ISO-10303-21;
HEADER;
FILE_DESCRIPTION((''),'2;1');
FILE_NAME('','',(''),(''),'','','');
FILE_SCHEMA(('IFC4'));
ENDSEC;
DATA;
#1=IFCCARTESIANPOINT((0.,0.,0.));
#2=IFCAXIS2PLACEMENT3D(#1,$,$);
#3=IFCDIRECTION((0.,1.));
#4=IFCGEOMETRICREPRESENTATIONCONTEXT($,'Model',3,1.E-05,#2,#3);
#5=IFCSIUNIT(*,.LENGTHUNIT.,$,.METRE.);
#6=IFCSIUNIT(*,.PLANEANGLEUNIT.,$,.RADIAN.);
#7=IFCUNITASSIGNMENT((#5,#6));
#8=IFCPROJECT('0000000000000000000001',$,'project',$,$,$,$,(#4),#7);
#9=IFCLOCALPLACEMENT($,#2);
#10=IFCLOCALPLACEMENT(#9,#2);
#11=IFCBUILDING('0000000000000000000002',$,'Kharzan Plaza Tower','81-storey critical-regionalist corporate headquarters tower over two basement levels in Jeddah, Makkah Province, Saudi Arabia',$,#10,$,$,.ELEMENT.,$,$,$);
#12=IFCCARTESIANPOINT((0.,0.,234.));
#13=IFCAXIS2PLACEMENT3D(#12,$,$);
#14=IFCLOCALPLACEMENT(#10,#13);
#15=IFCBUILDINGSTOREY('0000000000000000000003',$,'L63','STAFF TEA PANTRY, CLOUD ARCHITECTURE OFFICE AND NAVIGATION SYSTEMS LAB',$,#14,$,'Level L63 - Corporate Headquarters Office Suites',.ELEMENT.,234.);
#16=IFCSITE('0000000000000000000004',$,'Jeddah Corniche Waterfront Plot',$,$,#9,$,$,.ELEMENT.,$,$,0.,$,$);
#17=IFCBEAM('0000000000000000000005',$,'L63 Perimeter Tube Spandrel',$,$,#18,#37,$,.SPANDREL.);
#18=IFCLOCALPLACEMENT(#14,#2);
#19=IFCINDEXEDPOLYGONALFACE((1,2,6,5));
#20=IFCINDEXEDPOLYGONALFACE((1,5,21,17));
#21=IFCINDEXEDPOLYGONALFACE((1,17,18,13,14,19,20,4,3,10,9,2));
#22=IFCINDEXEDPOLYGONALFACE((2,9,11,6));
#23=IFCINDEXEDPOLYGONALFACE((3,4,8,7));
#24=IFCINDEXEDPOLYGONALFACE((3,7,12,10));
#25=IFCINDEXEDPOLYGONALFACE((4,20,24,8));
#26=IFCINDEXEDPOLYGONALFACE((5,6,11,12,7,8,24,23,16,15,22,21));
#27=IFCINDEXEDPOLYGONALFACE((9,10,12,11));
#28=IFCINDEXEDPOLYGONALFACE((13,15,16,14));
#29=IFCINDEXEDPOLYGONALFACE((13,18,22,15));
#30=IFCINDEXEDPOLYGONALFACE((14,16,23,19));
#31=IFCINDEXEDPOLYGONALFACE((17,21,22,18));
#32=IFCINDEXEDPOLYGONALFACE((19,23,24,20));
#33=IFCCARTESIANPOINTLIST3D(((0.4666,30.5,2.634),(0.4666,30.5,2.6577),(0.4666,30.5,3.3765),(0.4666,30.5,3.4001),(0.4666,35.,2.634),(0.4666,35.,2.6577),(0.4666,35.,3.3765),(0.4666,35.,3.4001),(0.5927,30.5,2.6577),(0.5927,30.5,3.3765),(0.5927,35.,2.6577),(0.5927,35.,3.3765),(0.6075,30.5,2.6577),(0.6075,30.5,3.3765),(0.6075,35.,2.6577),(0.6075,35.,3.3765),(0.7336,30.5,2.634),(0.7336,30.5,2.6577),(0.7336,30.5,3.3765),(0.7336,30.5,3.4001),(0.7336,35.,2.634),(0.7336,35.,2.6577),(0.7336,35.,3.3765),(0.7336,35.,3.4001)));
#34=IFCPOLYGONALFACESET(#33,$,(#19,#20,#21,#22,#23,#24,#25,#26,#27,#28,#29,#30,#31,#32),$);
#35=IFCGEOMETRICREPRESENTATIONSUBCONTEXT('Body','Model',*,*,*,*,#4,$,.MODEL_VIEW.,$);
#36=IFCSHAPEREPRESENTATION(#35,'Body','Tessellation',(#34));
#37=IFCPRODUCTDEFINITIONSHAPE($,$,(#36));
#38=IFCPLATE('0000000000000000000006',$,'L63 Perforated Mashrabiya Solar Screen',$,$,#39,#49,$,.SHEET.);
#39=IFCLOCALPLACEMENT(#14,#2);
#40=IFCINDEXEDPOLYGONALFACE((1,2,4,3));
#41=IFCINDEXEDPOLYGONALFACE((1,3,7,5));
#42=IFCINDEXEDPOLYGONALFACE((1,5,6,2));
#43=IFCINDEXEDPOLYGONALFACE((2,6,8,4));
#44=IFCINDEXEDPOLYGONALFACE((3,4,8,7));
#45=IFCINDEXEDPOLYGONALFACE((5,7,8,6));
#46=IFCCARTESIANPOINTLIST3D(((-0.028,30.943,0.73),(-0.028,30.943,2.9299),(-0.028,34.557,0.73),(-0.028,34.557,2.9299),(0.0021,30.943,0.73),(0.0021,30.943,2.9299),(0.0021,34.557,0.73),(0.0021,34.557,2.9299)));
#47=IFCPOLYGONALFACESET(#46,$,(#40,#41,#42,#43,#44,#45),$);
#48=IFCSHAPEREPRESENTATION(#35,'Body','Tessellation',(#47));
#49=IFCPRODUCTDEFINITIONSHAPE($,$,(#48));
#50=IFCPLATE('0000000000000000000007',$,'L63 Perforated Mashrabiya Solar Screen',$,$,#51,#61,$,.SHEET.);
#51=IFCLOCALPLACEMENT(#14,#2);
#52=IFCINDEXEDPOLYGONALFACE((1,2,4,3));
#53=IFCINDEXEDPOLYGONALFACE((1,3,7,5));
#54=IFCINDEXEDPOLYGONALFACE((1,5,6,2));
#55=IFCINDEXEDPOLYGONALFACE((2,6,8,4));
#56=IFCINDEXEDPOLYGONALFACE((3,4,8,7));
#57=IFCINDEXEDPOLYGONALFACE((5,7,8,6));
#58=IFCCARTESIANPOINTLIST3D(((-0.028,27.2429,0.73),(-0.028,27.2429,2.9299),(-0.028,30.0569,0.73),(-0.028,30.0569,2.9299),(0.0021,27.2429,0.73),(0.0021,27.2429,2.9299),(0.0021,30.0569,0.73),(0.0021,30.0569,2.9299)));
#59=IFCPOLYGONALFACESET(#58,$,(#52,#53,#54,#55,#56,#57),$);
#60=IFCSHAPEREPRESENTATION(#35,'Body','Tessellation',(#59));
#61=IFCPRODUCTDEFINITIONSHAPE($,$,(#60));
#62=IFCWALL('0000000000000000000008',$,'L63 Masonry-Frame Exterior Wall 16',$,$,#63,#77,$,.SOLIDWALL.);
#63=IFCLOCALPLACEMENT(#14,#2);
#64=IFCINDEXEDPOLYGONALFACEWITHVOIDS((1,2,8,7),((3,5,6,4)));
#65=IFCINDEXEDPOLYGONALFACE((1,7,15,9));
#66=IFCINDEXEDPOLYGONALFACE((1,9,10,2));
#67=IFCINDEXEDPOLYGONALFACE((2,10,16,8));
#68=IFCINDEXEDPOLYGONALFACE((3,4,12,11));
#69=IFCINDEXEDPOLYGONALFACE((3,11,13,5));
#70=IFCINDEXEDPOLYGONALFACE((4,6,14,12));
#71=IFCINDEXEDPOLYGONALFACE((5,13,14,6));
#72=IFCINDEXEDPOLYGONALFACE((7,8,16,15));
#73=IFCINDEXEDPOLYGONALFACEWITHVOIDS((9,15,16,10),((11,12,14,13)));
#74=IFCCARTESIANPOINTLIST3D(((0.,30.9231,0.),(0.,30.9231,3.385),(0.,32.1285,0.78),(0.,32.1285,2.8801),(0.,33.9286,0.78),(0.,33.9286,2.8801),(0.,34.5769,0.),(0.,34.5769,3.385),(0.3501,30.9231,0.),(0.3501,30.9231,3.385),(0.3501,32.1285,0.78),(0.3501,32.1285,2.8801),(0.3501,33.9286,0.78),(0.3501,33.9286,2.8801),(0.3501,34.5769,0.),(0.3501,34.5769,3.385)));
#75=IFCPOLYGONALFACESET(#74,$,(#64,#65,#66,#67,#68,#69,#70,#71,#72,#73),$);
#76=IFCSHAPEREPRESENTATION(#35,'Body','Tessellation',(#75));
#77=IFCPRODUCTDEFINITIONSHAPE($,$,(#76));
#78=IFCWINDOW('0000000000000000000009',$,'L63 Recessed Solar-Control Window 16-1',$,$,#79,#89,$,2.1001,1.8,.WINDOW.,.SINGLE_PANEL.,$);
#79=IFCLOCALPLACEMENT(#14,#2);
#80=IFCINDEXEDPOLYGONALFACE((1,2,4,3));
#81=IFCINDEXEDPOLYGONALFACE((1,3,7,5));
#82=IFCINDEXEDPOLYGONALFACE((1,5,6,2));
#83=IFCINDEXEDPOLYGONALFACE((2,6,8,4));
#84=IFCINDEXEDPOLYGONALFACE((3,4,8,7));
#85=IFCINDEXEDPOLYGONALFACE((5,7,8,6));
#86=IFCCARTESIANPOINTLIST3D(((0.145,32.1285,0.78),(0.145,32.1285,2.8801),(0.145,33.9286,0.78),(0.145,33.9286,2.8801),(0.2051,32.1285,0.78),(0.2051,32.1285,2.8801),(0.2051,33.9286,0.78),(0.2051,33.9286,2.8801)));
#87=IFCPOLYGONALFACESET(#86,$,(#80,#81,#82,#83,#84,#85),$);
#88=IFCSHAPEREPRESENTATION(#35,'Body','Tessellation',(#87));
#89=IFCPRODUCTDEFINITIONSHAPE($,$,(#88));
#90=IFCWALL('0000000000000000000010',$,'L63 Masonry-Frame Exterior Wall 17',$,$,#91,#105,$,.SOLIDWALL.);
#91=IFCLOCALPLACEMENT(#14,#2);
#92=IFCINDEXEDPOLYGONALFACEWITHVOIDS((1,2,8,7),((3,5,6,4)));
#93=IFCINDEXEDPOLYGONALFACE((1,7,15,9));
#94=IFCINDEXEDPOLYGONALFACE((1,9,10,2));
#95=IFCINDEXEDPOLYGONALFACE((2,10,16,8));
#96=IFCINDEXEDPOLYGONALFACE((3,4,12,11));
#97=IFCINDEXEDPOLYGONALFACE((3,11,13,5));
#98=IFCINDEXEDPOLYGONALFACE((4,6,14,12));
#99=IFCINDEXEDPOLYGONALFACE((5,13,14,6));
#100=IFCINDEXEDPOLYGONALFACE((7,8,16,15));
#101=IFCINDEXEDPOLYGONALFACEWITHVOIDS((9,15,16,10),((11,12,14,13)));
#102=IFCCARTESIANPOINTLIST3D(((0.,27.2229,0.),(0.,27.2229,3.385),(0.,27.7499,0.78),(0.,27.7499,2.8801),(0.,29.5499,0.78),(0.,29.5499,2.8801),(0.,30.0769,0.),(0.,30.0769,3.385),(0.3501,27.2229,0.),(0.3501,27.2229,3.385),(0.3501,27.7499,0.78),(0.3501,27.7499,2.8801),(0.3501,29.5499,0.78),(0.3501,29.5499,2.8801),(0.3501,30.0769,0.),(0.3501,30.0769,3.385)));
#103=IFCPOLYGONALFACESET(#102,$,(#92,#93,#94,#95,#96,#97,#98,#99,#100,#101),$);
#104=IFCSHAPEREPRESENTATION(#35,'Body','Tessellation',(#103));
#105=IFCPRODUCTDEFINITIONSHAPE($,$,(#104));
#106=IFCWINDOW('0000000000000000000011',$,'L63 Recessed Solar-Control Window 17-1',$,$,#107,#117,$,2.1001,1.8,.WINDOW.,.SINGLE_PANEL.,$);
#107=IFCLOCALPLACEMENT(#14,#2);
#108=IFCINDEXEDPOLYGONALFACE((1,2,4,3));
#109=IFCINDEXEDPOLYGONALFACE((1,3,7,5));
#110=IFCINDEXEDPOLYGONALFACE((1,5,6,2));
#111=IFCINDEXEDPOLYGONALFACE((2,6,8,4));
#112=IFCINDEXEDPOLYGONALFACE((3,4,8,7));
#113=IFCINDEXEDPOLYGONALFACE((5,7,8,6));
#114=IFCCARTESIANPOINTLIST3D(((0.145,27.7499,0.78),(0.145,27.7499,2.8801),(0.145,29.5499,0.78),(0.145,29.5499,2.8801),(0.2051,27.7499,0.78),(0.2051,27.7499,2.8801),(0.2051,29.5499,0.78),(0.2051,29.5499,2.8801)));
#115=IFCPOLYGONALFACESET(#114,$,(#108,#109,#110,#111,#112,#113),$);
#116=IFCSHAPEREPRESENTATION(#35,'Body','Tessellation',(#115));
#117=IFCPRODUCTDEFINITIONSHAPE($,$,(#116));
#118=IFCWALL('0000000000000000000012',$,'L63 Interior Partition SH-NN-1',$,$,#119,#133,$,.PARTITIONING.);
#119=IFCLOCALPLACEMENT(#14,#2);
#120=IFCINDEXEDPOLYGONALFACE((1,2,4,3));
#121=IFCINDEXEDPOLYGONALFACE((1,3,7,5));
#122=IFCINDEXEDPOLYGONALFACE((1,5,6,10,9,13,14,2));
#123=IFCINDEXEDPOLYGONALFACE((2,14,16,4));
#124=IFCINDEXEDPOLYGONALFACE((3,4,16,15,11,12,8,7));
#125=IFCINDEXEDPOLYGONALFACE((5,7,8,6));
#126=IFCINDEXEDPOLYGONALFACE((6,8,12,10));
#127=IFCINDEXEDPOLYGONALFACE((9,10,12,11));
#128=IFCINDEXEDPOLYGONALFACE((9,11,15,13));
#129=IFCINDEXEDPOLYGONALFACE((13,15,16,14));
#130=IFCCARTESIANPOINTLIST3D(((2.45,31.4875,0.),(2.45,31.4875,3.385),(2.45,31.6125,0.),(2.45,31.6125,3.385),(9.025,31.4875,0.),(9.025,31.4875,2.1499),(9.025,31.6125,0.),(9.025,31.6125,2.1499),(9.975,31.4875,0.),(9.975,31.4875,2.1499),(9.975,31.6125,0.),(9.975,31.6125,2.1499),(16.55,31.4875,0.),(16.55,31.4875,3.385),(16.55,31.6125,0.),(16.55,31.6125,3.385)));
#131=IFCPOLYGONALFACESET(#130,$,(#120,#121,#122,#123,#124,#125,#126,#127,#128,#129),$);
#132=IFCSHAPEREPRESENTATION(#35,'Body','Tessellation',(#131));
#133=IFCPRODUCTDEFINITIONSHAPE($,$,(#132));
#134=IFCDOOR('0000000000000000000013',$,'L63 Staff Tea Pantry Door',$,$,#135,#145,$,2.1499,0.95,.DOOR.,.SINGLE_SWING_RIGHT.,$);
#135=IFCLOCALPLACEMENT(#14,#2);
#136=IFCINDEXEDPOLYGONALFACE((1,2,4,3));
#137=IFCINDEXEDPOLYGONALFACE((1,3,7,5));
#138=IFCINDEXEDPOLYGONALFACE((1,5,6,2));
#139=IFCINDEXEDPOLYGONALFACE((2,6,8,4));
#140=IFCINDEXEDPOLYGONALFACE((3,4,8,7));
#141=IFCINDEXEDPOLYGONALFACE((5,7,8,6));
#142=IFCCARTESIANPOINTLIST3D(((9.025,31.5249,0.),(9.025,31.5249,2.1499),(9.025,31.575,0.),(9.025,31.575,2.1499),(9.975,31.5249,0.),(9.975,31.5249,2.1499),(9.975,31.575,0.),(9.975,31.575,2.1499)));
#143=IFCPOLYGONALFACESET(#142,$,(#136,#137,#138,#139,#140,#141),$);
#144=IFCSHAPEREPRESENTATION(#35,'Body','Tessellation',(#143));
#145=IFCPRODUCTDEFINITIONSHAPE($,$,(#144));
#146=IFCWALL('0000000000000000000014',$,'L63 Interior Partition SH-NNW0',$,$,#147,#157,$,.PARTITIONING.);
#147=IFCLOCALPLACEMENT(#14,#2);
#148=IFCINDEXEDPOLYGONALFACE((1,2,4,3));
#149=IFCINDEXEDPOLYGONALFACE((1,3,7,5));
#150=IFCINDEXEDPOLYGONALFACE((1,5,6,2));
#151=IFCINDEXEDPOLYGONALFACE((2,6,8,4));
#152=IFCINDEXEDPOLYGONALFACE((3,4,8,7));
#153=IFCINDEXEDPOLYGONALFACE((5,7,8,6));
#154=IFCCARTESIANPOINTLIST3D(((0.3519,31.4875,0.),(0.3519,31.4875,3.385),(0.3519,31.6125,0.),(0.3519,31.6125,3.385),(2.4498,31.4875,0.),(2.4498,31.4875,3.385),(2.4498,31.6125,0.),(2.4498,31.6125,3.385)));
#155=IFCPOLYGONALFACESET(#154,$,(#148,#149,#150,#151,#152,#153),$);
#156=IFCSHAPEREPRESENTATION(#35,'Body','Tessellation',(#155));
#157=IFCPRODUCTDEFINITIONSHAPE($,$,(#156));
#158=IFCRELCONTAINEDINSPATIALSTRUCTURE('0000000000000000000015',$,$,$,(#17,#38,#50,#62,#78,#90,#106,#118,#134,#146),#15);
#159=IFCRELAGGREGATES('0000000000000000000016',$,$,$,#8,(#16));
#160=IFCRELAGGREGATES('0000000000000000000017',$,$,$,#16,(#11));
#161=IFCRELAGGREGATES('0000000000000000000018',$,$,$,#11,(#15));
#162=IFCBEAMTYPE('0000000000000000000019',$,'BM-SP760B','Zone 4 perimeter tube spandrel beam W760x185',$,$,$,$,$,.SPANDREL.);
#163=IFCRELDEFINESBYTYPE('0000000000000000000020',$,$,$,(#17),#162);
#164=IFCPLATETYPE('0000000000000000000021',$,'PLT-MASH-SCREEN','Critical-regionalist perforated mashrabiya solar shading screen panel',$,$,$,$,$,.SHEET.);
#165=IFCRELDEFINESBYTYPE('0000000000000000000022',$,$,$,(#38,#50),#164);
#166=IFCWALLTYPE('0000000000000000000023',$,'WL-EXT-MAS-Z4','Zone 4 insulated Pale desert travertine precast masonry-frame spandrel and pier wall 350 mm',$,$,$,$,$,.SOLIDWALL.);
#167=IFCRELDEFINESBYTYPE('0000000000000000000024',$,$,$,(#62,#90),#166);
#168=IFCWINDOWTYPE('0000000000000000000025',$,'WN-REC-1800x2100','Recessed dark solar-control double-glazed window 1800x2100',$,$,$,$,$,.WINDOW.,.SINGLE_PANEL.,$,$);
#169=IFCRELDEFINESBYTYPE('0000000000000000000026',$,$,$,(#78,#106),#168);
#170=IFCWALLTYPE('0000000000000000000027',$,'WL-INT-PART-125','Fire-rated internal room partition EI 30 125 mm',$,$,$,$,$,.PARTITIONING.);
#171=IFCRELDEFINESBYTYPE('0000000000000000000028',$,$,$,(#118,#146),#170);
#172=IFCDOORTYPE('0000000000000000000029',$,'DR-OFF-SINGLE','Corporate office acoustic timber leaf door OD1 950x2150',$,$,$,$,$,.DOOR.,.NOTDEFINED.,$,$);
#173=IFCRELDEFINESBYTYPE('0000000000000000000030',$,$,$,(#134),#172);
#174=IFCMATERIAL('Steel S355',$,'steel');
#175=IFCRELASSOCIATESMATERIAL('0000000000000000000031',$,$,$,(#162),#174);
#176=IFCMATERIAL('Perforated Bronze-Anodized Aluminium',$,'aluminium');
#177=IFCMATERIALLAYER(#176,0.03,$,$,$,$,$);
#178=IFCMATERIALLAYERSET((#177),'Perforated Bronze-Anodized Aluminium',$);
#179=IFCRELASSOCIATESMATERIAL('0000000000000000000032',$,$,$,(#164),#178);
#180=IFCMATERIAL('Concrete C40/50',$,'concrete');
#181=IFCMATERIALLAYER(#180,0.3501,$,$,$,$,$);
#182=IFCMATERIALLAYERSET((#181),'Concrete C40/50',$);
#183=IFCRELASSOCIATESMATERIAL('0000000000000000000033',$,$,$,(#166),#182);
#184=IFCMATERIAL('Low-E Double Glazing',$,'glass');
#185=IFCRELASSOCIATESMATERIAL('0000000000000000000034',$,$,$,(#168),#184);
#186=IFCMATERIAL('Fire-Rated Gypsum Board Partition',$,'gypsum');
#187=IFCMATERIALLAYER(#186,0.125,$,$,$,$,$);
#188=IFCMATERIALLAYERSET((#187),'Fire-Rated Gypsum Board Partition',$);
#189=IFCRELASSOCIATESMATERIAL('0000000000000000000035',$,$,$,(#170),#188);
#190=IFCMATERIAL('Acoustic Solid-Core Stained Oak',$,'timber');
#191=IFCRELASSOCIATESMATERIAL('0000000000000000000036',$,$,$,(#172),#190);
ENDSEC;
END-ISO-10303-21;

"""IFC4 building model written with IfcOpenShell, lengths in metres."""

from ifc_helpers import new_model, si_unit, direction, frame, frame_2d, origin, origin_2d, place, context, subcontext, project, spatial, rectangle, i_section, extrude, source, transform, mapped, material, layer, layer_set, material_profile, profile_set, type_object, element, fill, save


model = new_model("IFC4")

# Units and contexts
model_context = context("Model", 3, precision=1e-05, world=origin(), true_north=direction((0.0, 1.0)))
body_context = subcontext(model_context, "Body", "Model", "MODEL_VIEW")
ifc_project = project(units=[si_unit("LENGTHUNIT", "METRE"), si_unit("PLANEANGLEUNIT", "RADIAN")], contexts=[model_context])

# Site, building, storey
site_placement = place(None, origin())
site = spatial("IfcSite", under=ifc_project, at=site_placement, Name="Jeddah Corniche Waterfront Plot", CompositionType="ELEMENT", RefElevation=0.0)
building_placement = place(site_placement, origin())
building = spatial("IfcBuilding", under=site, at=building_placement, Name="Kharzan Plaza Tower", Description="81-storey critical-regionalist corporate headquarters tower over two basement levels in Jeddah, Makkah Province, Saudi Arabia", CompositionType="ELEMENT")
storey_placement = place(building_placement, frame((0.0, 0.0, 234.0)))
storey = spatial("IfcBuildingStorey", under=building, at=storey_placement, Name="L63", Description="STAFF TEA PANTRY, CLOUD ARCHITECTURE OFFICE AND NAVIGATION SYSTEMS LAB", LongName="Level L63 - Corporate Headquarters Office Suites", CompositionType="ELEMENT", Elevation=234.0)

# Beam
ifc_material_1 = material(Name="Steel S355", Category="steel")
ifc_material_profile_1 = material_profile(ifc_material_1, i_section(OverallWidth=0.2671, OverallDepth=0.7661, WebThickness=0.0149, FlangeThickness=0.0237, at=origin_2d()), Name="W760x185")
ifc_profile_set_1 = profile_set([ifc_material_profile_1], Name="Steel S355")
beam_type_1 = type_object("IfcBeamType", Name="BM-SP760B", Description="Zone 4 perimeter tube spandrel beam W760x185", PredefinedType="SPANDREL", material=ifc_profile_set_1)
shared_shape_1 = source(origin(), body_context, "Body", "SweptSolid", [
    extrude(i_section(OverallWidth=0.2671, OverallDepth=0.7661, WebThickness=0.0149, FlangeThickness=0.0237, at=origin_2d()), origin(), (0.0, 0.0, 1.0), 4.5),
])
beam_1_placement = place(storey_placement, frame((0.6001, 30.5, 3.0171), z_axis=(0.0, 1.0, 0.0), x_axis=(-1.0, 0.0, 0.0)))
element("IfcBeam", 1, at=beam_1_placement, inside=storey, type_object=beam_type_1, Name="L63 Perimeter Tube Spandrel", PredefinedType="SPANDREL", context=body_context, shape_type="MappedRepresentation", body=[
    mapped(shared_shape_1, transform((0.0, 0.0, 0.0), x_axis=(1.0, 0.0, 0.0), y_axis=(0.0, 1.0, 0.0), z_axis=(0.0, 0.0, 1.0))),
])

# Plates
ifc_material_2 = material(Name="Perforated Bronze-Anodized Aluminium", Category="aluminium")
ifc_layer_1 = layer(ifc_material_2, 0.03)
ifc_layer_set_1 = layer_set([ifc_layer_1], Name="Perforated Bronze-Anodized Aluminium")
plate_type = type_object("IfcPlateType", Name="PLT-MASH-SCREEN", Description="Critical-regionalist perforated mashrabiya solar shading screen panel", PredefinedType="SHEET", material=ifc_layer_set_1)
shared_shape_2 = source(origin(), body_context, "Body", "SweptSolid", [
    extrude(rectangle(XDim=3.614, YDim=0.03, at=origin_2d()), origin(), (0.0, 0.0, 1.0), 2.2),
])
plate_1_placement = place(storey_placement, frame((-0.0129, 32.75, 0.73), z_axis=(0.0, 0.0, 1.0), x_axis=(0.0, -1.0, 0.0)))
element("IfcPlate", 2, at=plate_1_placement, inside=storey, type_object=plate_type, Name="L63 Perforated Mashrabiya Solar Screen", PredefinedType="SHEET", context=body_context, shape_type="MappedRepresentation", body=[
    mapped(shared_shape_2, transform((0.0, 0.0, 0.0), x_axis=(1.0, 0.0, 0.0), y_axis=(0.0, 1.0, 0.0), z_axis=(0.0, 0.0, 1.0))),
])
shared_shape_3 = source(origin(), body_context, "Body", "SweptSolid", [
    extrude(rectangle(XDim=2.814, YDim=0.03, at=origin_2d()), origin(), (0.0, 0.0, 1.0), 2.2),
])
plate_2_placement = place(storey_placement, frame((-0.0129, 28.6499, 0.73), z_axis=(0.0, 0.0, 1.0), x_axis=(0.0, -1.0, 0.0)))
element("IfcPlate", 3, at=plate_2_placement, inside=storey, type_object=plate_type, Name="L63 Perforated Mashrabiya Solar Screen", PredefinedType="SHEET", context=body_context, shape_type="MappedRepresentation", body=[
    mapped(shared_shape_3, transform((0.0, 0.0, 0.0), x_axis=(1.0, 0.0, 0.0), y_axis=(0.0, 1.0, 0.0), z_axis=(0.0, 0.0, 1.0))),
])

# Walls, openings, windows
ifc_material_3 = material(Name="Concrete C40/50", Category="concrete")
ifc_layer_2 = layer(ifc_material_3, 0.3501)
ifc_layer_set_2 = layer_set([ifc_layer_2], Name="Concrete C40/50")
wall_type_1 = type_object("IfcWallType", Name="WL-EXT-MAS-Z4", Description="Zone 4 insulated Pale desert travertine precast masonry-frame spandrel and pier wall 350 mm", PredefinedType="SOLIDWALL", material=ifc_layer_set_2)
wall_1_placement = place(storey_placement, frame((0.175, 34.5769, 0.0), z_axis=(0.0, 0.0, 1.0), x_axis=(0.0, -1.0, 0.0)))
wall_1 = element("IfcWall", 4, at=wall_1_placement, inside=storey, type_object=wall_type_1, Name="L63 Masonry-Frame Exterior Wall 16", PredefinedType="SOLIDWALL", context=body_context, shape_type="SweptSolid", body=[
    extrude(rectangle(XDim=3.6538, YDim=0.3501, at=frame_2d((1.8269, 0.0))), origin(), (0.0, 0.0, 1.0), 3.385),
])
opening_1_placement = place(wall_1_placement, frame((0.6484, 0.0, 0.78)))
opening_1 = element("IfcOpeningElement", 5, at=opening_1_placement, cuts=wall_1, PredefinedType="OPENING", context=body_context, shape_type="SweptSolid", body=[
    extrude(rectangle(XDim=1.8, YDim=2.1001, at=frame_2d((0.8999, 1.05))), frame((0.0, 0.1851, 0.0), z_axis=(0.0, -1.0, 0.0), x_axis=(1.0, 0.0, 0.0)), (0.0, 0.0, 1.0), 0.3701),
])
ifc_material_4 = material(Name="Low-E Double Glazing", Category="glass")
window_type = type_object("IfcWindowType", Name="WN-REC-1800x2100", Description="Recessed dark solar-control double-glazed window 1800x2100", PartitioningType="SINGLE_PANEL", PredefinedType="WINDOW", material=ifc_material_4)
shared_shape_4 = source(origin(), body_context, "Body", "SweptSolid", [
    extrude(rectangle(XDim=1.8, YDim=2.1001, at=frame_2d((0.8999, 1.05))), frame((0.0, 0.03, 0.0), z_axis=(0.0, -1.0, 0.0), x_axis=(1.0, 0.0, 0.0)), (0.0, 0.0, 1.0), 0.0601),
])
window_1_placement = place(opening_1_placement, origin())
window_1 = element("IfcWindow", 6, at=window_1_placement, inside=storey, type_object=window_type, Name="L63 Recessed Solar-Control Window 16-1", OverallHeight=2.1001, OverallWidth=1.8, PartitioningType="SINGLE_PANEL", PredefinedType="WINDOW", context=body_context, shape_type="MappedRepresentation", body=[
    mapped(shared_shape_4, transform((0.0, 0.0, 0.0), x_axis=(1.0, 0.0, 0.0), y_axis=(0.0, 1.0, 0.0), z_axis=(0.0, 0.0, 1.0))),
])
fill(opening_1, window_1)
wall_2_placement = place(storey_placement, frame((0.175, 30.0769, 0.0), z_axis=(0.0, 0.0, 1.0), x_axis=(0.0, -1.0, 0.0)))
wall_2 = element("IfcWall", 7, at=wall_2_placement, inside=storey, type_object=wall_type_1, Name="L63 Masonry-Frame Exterior Wall 17", PredefinedType="SOLIDWALL", context=body_context, shape_type="SweptSolid", body=[
    extrude(rectangle(XDim=2.854, YDim=0.3501, at=frame_2d((1.427, 0.0))), origin(), (0.0, 0.0, 1.0), 3.385),
])
opening_2_placement = place(wall_2_placement, frame((0.5271, 0.0, 0.78)))
opening_2 = element("IfcOpeningElement", 8, at=opening_2_placement, cuts=wall_2, PredefinedType="OPENING", context=body_context, shape_type="SweptSolid", body=[
    extrude(rectangle(XDim=1.8, YDim=2.1001, at=frame_2d((0.8999, 1.05))), frame((0.0, 0.1851, 0.0), z_axis=(0.0, -1.0, 0.0), x_axis=(1.0, 0.0, 0.0)), (0.0, 0.0, 1.0), 0.3701),
])
window_2_placement = place(opening_2_placement, origin())
window_2 = element("IfcWindow", 9, at=window_2_placement, inside=storey, type_object=window_type, Name="L63 Recessed Solar-Control Window 17-1", OverallHeight=2.1001, OverallWidth=1.8, PartitioningType="SINGLE_PANEL", PredefinedType="WINDOW", context=body_context, shape_type="MappedRepresentation", body=[
    mapped(shared_shape_4, transform((0.0, 0.0, 0.0), x_axis=(1.0, 0.0, 0.0), y_axis=(0.0, 1.0, 0.0), z_axis=(0.0, 0.0, 1.0))),
])
fill(opening_2, window_2)

# Wall, opening, door
ifc_material_5 = material(Name="Fire-Rated Gypsum Board Partition", Category="gypsum")
ifc_layer_3 = layer(ifc_material_5, 0.125)
ifc_layer_set_3 = layer_set([ifc_layer_3], Name="Fire-Rated Gypsum Board Partition")
wall_type_2 = type_object("IfcWallType", Name="WL-INT-PART-125", Description="Fire-rated internal room partition EI 30 125 mm", PredefinedType="PARTITIONING", material=ifc_layer_set_3)
wall_3_placement = place(storey_placement, frame((2.45, 31.55, 0.0), z_axis=(0.0, 0.0, 1.0), x_axis=(1.0, 0.0, 0.0)))
wall_3 = element("IfcWall", 10, at=wall_3_placement, inside=storey, type_object=wall_type_2, Name="L63 Interior Partition SH-NN-1", PredefinedType="PARTITIONING", context=body_context, shape_type="SweptSolid", body=[
    extrude(rectangle(XDim=14.1001, YDim=0.125, at=frame_2d((7.05, 0.0))), origin(), (0.0, 0.0, 1.0), 3.385),
])
opening_3_placement = place(wall_3_placement, frame((6.575, 0.0, 0.0)))
opening_3 = element("IfcOpeningElement", 11, at=opening_3_placement, cuts=wall_3, PredefinedType="OPENING", context=body_context, shape_type="SweptSolid", body=[
    extrude(rectangle(XDim=0.95, YDim=2.1499, at=frame_2d((0.4751, 1.075))), frame((0.0, 0.0725, 0.0), z_axis=(0.0, -1.0, 0.0), x_axis=(1.0, 0.0, 0.0)), (0.0, 0.0, 1.0), 0.145),
])
ifc_material_6 = material(Name="Acoustic Solid-Core Stained Oak", Category="timber")
door_type = type_object("IfcDoorType", Name="DR-OFF-SINGLE", Description="Corporate office acoustic timber leaf door OD1 950x2150", OperationType="NOTDEFINED", PredefinedType="DOOR", material=ifc_material_6)
shared_shape_5 = source(origin(), body_context, "Body", "SweptSolid", [
    extrude(rectangle(XDim=0.95, YDim=2.1499, at=frame_2d((0.4751, 1.075))), frame((0.0, 0.0249, 0.0), z_axis=(0.0, -1.0, 0.0), x_axis=(1.0, 0.0, 0.0)), (0.0, 0.0, 1.0), 0.05),
])
door_placement = place(opening_3_placement, origin())
door = element("IfcDoor", 12, at=door_placement, inside=storey, type_object=door_type, Name="L63 Staff Tea Pantry Door", OperationType="SINGLE_SWING_RIGHT", OverallHeight=2.1499, OverallWidth=0.95, PredefinedType="DOOR", context=body_context, shape_type="MappedRepresentation", body=[
    mapped(shared_shape_5, transform((0.0, 0.0, 0.0), x_axis=(1.0, 0.0, 0.0), y_axis=(0.0, 1.0, 0.0), z_axis=(0.0, 0.0, 1.0))),
])
fill(opening_3, door)

# Wall
shared_shape_6 = source(origin(), body_context, "Body", "SweptSolid", [
    extrude(rectangle(XDim=2.0979, YDim=0.125, at=frame_2d((1.0488, 0.0))), origin(), (0.0, 0.0, 1.0), 3.385),
])
wall_4_placement = place(storey_placement, frame((0.3521, 31.55, 0.0), z_axis=(0.0, 0.0, 1.0), x_axis=(1.0, 0.0, 0.0)))
element("IfcWall", 13, at=wall_4_placement, inside=storey, type_object=wall_type_2, Name="L63 Interior Partition SH-NNW0", PredefinedType="PARTITIONING", context=body_context, shape_type="MappedRepresentation", body=[
    mapped(shared_shape_6, transform((0.0, 0.0, 0.0), x_axis=(1.0, 0.0, 0.0), y_axis=(0.0, 1.0, 0.0), z_axis=(0.0, 0.0, 1.0))),
])

save(model, "model.ifc")
